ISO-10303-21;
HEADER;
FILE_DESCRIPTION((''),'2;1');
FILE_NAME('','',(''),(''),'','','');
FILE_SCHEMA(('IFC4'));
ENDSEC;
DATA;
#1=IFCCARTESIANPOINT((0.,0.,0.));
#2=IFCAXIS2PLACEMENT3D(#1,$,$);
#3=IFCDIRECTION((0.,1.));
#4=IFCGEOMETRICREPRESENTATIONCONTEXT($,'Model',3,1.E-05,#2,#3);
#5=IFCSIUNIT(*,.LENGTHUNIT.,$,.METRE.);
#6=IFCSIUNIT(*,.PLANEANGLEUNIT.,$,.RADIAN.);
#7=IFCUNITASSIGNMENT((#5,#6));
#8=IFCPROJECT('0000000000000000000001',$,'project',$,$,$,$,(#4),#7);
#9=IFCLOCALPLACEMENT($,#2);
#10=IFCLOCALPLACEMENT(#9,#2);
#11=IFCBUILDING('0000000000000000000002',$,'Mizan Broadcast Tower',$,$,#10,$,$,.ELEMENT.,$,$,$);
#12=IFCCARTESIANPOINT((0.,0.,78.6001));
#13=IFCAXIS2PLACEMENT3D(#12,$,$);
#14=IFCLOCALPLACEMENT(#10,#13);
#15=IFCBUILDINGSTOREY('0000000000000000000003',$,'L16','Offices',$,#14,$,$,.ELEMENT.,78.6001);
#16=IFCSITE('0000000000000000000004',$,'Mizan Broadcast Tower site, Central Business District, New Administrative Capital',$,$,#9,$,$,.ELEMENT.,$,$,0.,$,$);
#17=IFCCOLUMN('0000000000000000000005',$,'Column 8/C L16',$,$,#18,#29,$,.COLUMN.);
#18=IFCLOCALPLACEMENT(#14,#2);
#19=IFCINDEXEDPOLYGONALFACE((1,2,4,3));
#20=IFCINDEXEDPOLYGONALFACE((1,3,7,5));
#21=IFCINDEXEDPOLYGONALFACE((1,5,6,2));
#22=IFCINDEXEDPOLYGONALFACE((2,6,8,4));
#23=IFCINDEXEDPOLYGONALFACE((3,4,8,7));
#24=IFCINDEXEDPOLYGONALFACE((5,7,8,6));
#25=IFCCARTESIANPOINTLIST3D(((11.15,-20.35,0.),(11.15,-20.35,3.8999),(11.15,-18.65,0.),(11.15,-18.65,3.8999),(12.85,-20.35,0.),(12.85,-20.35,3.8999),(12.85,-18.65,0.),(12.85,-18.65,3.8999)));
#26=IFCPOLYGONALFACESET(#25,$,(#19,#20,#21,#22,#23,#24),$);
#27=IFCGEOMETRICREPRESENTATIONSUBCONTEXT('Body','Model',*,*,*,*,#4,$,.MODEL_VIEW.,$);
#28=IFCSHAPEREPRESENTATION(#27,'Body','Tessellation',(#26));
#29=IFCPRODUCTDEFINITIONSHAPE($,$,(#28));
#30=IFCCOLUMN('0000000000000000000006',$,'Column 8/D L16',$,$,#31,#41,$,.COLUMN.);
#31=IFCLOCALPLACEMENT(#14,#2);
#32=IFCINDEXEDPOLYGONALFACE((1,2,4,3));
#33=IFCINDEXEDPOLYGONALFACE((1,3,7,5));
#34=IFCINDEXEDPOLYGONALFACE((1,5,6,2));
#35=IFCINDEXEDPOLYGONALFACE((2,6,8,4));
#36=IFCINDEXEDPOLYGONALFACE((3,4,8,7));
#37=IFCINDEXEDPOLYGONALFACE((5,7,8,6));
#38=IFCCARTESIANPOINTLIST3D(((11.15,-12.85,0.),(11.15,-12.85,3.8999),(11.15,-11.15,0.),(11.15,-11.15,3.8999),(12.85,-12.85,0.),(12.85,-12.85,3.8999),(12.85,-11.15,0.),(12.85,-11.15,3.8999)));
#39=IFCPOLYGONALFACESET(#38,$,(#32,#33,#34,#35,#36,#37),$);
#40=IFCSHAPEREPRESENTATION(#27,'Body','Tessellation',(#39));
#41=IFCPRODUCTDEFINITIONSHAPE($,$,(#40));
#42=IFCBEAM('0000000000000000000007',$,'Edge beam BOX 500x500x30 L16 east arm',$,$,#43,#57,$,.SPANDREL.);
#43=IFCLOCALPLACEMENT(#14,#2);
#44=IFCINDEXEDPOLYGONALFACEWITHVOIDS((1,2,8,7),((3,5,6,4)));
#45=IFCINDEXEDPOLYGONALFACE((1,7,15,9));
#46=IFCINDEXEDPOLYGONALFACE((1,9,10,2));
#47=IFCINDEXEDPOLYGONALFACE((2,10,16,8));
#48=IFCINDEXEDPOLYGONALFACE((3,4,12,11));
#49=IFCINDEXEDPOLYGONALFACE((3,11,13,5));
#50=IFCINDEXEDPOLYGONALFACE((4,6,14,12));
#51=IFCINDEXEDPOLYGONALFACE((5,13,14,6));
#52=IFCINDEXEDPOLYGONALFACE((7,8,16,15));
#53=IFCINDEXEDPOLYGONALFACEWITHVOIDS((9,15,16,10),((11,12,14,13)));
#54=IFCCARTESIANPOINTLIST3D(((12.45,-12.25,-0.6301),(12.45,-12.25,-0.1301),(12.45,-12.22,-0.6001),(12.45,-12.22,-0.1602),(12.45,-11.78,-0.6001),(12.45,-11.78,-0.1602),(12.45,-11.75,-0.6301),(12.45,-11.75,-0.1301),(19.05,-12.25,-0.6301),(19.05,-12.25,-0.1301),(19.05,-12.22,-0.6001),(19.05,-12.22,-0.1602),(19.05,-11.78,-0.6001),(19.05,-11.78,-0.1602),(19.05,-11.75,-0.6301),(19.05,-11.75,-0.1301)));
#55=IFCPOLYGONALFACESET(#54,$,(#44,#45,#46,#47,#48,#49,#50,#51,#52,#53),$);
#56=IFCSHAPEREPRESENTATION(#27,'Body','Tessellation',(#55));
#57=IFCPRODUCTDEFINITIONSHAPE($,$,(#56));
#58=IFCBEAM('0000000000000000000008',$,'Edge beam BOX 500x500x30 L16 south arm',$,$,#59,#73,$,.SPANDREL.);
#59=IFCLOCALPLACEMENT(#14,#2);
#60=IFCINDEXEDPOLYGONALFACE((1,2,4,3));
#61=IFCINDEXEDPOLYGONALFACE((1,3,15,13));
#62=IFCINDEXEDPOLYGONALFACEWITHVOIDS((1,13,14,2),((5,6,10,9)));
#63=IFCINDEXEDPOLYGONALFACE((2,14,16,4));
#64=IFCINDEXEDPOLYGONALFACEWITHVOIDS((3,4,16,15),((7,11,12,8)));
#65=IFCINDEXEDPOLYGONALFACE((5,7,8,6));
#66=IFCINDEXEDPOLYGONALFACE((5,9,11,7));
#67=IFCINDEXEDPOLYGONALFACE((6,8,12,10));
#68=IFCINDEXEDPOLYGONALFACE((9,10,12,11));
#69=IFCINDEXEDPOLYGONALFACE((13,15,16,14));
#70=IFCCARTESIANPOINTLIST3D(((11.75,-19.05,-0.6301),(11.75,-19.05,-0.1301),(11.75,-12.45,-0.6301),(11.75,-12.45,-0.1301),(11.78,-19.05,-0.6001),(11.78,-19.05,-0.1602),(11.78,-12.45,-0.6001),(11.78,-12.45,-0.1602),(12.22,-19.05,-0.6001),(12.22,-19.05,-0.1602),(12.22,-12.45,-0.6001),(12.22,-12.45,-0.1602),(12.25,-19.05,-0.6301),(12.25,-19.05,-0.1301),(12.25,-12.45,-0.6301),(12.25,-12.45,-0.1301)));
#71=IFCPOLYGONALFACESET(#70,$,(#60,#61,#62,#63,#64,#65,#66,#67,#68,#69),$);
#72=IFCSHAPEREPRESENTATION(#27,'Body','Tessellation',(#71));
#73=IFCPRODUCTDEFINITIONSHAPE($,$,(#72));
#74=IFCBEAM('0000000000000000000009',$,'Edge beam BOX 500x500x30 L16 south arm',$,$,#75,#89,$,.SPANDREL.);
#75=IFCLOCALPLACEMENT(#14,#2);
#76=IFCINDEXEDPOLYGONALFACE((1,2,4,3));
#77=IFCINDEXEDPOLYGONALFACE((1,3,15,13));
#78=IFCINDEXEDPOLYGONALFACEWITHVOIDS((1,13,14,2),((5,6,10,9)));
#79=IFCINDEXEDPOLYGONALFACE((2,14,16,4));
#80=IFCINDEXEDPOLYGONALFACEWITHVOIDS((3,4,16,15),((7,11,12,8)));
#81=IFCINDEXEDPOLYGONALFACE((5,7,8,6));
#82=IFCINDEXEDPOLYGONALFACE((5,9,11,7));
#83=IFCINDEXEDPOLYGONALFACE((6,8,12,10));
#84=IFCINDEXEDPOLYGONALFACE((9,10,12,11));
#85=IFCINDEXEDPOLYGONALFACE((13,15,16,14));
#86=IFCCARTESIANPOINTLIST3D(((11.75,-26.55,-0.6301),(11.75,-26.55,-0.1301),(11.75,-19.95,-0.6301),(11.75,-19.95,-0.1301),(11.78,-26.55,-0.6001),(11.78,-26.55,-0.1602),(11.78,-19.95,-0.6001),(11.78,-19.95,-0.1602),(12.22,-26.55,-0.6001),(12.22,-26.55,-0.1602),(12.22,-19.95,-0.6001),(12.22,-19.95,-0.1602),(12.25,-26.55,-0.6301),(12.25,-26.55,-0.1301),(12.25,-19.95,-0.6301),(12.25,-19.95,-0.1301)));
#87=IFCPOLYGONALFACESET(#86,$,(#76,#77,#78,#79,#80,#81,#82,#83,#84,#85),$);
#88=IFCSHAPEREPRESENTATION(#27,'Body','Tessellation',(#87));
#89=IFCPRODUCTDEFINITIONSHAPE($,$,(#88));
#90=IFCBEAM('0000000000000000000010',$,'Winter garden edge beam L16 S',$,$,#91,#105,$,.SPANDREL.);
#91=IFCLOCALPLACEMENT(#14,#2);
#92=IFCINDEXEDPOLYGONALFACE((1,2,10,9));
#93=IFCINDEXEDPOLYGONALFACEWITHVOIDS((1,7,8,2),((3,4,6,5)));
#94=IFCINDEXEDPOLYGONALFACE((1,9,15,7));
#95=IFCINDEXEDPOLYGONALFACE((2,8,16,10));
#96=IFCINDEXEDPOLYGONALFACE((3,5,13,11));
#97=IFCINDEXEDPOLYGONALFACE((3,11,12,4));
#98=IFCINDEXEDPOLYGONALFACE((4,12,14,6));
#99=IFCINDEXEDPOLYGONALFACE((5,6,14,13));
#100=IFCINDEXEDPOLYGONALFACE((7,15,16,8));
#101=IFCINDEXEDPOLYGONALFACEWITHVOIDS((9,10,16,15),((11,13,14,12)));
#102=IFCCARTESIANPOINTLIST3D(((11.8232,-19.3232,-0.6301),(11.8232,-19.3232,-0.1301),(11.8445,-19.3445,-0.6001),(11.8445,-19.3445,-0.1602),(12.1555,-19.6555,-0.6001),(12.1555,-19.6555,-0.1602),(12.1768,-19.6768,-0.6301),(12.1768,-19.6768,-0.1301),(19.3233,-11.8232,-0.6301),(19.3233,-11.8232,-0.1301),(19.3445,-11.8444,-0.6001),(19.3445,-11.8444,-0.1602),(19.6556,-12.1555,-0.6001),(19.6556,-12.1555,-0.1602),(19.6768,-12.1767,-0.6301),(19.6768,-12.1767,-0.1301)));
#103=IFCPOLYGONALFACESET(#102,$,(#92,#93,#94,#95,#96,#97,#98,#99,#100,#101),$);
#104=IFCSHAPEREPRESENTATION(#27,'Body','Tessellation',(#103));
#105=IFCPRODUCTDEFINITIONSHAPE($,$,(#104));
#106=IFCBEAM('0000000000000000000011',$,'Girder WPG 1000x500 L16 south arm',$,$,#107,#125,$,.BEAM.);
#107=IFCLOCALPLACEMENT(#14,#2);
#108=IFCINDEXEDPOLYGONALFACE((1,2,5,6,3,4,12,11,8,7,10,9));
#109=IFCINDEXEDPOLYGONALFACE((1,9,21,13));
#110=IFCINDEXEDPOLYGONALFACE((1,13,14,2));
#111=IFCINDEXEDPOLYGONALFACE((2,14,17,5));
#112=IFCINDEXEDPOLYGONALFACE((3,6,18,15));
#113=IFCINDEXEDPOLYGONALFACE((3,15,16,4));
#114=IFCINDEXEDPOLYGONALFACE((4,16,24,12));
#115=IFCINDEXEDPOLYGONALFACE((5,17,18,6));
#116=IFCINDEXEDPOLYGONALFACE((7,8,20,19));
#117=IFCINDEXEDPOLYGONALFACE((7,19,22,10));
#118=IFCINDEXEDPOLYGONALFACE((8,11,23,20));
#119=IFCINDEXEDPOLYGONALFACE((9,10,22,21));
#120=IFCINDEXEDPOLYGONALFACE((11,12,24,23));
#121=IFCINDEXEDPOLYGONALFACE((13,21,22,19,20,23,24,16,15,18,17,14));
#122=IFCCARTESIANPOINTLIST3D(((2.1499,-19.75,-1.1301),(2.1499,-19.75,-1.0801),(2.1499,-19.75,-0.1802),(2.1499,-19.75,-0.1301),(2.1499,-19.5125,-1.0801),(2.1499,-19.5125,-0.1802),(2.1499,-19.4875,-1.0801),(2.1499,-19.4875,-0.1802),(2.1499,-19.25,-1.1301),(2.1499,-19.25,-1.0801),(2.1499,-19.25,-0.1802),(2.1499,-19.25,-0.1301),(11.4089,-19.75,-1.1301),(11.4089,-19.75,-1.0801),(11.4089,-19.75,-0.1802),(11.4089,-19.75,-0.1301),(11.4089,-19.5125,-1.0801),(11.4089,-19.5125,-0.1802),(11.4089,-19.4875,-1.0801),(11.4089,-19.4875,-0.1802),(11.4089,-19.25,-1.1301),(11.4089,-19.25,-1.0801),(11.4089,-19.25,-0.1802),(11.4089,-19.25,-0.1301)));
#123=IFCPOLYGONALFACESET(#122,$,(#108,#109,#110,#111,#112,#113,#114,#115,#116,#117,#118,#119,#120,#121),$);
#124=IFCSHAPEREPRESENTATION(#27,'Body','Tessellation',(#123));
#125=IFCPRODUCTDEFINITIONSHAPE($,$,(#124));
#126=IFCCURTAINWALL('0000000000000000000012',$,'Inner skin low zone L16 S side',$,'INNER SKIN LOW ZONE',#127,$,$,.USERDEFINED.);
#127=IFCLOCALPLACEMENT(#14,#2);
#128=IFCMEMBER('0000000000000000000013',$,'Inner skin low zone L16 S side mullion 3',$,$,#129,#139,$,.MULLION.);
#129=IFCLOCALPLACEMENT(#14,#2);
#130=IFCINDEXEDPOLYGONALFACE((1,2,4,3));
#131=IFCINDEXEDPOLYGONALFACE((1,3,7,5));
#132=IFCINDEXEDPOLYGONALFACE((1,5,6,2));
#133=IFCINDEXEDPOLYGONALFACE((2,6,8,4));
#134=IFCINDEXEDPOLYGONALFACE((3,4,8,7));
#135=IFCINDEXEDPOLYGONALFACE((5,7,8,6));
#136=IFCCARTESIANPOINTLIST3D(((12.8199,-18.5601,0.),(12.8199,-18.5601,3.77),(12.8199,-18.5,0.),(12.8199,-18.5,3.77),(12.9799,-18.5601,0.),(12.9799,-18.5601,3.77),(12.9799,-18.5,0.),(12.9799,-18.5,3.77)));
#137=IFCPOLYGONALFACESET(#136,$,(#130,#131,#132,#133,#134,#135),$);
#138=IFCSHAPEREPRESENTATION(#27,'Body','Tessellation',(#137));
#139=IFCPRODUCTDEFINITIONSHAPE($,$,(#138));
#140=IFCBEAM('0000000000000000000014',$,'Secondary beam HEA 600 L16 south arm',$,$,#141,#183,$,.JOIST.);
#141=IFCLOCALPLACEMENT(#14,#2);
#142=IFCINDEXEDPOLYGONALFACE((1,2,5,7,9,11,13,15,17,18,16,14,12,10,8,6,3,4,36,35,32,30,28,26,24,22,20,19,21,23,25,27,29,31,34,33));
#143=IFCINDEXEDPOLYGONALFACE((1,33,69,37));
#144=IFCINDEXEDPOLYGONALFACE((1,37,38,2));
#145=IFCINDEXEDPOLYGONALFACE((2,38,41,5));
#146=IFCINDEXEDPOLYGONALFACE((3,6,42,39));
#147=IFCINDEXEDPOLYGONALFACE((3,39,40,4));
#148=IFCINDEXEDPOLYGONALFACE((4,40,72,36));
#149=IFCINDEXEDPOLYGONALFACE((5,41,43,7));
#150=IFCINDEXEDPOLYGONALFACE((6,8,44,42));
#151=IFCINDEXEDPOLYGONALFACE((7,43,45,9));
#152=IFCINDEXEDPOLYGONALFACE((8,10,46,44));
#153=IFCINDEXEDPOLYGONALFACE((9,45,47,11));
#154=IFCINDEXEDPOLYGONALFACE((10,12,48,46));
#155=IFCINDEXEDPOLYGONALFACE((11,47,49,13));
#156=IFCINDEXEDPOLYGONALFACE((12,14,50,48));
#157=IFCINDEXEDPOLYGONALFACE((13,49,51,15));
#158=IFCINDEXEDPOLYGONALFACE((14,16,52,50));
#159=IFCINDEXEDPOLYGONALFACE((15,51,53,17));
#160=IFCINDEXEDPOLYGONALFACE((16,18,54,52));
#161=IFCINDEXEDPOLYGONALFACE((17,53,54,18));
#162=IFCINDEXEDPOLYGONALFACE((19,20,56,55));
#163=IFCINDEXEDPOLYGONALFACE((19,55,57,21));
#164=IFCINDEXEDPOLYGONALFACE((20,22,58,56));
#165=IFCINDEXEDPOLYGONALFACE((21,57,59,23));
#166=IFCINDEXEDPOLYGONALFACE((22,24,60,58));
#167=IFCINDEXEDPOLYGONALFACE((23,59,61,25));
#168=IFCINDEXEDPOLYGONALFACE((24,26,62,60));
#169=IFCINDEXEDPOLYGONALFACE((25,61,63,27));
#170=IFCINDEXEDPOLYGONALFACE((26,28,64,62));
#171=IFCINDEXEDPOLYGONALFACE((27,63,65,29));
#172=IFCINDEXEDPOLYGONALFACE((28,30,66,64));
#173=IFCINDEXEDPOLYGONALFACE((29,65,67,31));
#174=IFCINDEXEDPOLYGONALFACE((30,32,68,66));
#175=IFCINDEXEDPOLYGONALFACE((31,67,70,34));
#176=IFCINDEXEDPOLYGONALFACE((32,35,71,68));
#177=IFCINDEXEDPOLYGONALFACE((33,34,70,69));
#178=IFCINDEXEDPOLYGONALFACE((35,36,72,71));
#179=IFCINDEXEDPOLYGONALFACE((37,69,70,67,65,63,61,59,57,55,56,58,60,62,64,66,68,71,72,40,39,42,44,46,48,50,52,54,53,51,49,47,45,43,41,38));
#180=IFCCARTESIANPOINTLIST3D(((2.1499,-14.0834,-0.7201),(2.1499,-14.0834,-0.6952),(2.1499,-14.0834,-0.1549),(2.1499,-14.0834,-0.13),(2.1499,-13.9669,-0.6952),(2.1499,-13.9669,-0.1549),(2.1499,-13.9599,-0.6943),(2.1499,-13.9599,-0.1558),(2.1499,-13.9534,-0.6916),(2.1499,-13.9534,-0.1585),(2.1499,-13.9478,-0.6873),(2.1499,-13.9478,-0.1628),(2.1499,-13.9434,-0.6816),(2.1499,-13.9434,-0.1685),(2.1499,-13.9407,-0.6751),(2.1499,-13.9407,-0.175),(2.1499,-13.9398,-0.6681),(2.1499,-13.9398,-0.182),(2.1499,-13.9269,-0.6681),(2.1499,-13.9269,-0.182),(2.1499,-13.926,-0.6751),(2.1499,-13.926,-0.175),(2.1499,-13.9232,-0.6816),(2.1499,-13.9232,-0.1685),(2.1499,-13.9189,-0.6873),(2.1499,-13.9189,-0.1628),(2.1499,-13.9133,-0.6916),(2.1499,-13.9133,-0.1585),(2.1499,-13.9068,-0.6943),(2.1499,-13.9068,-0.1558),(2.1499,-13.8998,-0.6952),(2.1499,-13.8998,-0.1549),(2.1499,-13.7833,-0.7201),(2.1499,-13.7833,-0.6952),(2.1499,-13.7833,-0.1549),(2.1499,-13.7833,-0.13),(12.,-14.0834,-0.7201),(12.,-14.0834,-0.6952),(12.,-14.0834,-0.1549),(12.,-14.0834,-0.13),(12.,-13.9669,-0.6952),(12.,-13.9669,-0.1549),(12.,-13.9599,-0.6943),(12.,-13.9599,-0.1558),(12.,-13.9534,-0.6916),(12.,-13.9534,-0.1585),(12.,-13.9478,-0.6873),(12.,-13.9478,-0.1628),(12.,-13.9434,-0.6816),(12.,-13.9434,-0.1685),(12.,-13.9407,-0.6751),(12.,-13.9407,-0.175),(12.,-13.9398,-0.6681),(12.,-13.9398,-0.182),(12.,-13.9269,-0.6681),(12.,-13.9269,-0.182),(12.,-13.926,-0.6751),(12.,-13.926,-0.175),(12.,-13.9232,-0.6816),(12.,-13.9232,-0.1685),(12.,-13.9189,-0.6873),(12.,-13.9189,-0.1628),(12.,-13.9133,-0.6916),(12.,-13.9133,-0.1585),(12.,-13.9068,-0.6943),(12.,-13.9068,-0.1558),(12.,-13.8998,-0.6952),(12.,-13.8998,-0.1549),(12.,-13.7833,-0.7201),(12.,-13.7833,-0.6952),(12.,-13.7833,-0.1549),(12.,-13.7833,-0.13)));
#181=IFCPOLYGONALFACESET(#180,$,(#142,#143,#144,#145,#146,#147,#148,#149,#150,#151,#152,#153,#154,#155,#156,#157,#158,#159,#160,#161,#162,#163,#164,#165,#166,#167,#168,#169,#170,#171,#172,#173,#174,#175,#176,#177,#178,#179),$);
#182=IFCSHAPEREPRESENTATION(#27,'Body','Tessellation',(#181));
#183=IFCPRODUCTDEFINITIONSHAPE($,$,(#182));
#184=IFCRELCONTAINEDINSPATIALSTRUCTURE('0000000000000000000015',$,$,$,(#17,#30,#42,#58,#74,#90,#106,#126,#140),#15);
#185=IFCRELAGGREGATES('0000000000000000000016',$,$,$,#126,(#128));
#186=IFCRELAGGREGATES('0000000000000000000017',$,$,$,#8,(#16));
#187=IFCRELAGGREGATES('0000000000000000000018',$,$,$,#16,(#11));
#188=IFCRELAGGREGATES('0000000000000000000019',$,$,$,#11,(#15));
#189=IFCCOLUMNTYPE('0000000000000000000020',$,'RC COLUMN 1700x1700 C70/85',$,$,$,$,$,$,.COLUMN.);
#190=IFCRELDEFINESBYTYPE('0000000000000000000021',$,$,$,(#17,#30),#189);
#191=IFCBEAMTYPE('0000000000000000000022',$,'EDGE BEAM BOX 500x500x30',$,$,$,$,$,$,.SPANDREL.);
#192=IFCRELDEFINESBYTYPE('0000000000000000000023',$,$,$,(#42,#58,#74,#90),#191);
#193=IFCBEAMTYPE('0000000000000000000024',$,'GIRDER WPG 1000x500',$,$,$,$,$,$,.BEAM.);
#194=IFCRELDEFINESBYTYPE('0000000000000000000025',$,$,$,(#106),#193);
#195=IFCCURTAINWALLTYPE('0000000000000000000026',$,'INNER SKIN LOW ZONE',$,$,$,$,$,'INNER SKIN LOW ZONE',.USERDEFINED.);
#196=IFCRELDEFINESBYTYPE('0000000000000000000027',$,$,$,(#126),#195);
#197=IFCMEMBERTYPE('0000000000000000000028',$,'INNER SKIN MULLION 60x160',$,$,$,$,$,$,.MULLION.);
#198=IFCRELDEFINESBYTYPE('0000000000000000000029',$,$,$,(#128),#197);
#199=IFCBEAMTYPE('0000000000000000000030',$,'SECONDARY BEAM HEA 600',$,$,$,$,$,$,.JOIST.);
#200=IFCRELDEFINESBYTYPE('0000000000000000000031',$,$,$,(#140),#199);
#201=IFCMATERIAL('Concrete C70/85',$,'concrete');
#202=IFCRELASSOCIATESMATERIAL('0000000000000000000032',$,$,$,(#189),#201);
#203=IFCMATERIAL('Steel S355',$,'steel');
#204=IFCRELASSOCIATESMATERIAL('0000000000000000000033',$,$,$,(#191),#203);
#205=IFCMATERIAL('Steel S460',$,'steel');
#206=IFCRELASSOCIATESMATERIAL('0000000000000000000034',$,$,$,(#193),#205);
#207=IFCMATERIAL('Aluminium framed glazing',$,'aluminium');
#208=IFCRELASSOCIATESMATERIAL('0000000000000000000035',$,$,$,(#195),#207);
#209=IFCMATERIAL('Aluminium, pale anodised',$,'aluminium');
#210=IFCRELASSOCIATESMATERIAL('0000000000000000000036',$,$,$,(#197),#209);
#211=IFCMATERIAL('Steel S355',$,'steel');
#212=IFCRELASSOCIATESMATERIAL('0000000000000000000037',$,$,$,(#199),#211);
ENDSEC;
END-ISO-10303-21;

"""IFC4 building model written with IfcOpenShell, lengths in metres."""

from ifc_helpers import new_model, si_unit, direction, frame, origin, origin_2d, place, context, subcontext, project, spatial, rectangle, hollow_rectangle, i_section, extrude, material, material_profile, profile_set, type_object, element, aggregate, save


model = new_model("IFC4")

# Units and contexts
model_context = context("Model", 3, precision=1e-05, world=origin(), true_north=direction((0.0, 1.0)))
body_context = subcontext(model_context, "Body", "Model", "MODEL_VIEW")
ifc_project = project(units=[si_unit("LENGTHUNIT", "METRE"), si_unit("PLANEANGLEUNIT", "RADIAN")], contexts=[model_context])

# Site, building, storey
site_placement = place(None, origin())
site = spatial("IfcSite", under=ifc_project, at=site_placement, Name="Mizan Broadcast Tower site, Central Business District, New Administrative Capital", CompositionType="ELEMENT", RefElevation=0.0)
building_placement = place(site_placement, origin())
building = spatial("IfcBuilding", under=site, at=building_placement, Name="Mizan Broadcast Tower", CompositionType="ELEMENT")
storey_placement = place(building_placement, frame((0.0, 0.0, 78.6001)))
storey = spatial("IfcBuildingStorey", under=building, at=storey_placement, Name="L16", Description="Offices", CompositionType="ELEMENT", Elevation=78.6001)

# Columns
ifc_material_1 = material(Name="Concrete C70/85", Category="concrete")
ifc_material_profile_1 = material_profile(ifc_material_1, rectangle(XDim=1.7, YDim=1.7, at=origin_2d()), Name="RC 1700x1700")
ifc_profile_set_1 = profile_set([ifc_material_profile_1], Name="Concrete C70/85")
column_type = type_object("IfcColumnType", Name="RC COLUMN 1700x1700 C70/85", PredefinedType="COLUMN", material=ifc_profile_set_1)
for number, where, z_axis, x_axis, name in (
    (1, (12.0, -19.5, 0.0), (0.0, 0.0, 1.0), (1.0, 0.0, 0.0), "Column 8/C L16"),
    (2, (12.0, -12.0, 0.0), (0.0, 0.0, 1.0), (1.0, 0.0, 0.0), "Column 8/D L16"),
):
    element("IfcColumn", number, at=place(storey_placement, frame(where, z_axis=z_axis, x_axis=x_axis)), inside=storey, type_object=column_type, Name=name, PredefinedType="COLUMN", context=body_context, shape_type="SweptSolid", body=[
        extrude(rectangle(XDim=1.7, YDim=1.7, at=origin_2d()), origin(), (0.0, 0.0, 1.0), 3.8999),
    ])

# Beams
ifc_material_2 = material(Name="Steel S355", Category="steel")
ifc_material_profile_2 = material_profile(ifc_material_2, hollow_rectangle(XDim=0.5, YDim=0.5, WallThickness=0.03, at=origin_2d()), Name="BOX 500x500x30")
ifc_profile_set_2 = profile_set([ifc_material_profile_2], Name="Steel S355")
beam_type_1 = type_object("IfcBeamType", Name="EDGE BEAM BOX 500x500x30", PredefinedType="SPANDREL", material=ifc_profile_set_2)
for number, where, z_axis, x_axis, name in (
    (3, (12.45, -12.0, -0.3801), (1.0, 0.0, 0.0), (0.0, 1.0, 0.0), "Edge beam BOX 500x500x30 L16 east arm"),
    (4, (12.0, -12.45, -0.3801), (0.0, -1.0, 0.0), (1.0, 0.0, 0.0), "Edge beam BOX 500x500x30 L16 south arm"),
    (5, (12.0, -19.95, -0.3801), (0.0, -1.0, 0.0), (1.0, 0.0, 0.0), "Edge beam BOX 500x500x30 L16 south arm"),
):
    element("IfcBeam", number, at=place(storey_placement, frame(where, z_axis=z_axis, x_axis=x_axis)), inside=storey, type_object=beam_type_1, Name=name, PredefinedType="SPANDREL", context=body_context, shape_type="SweptSolid", body=[
        extrude(hollow_rectangle(XDim=0.5, YDim=0.5, WallThickness=0.03, at=origin_2d()), origin(), (0.0, 0.0, 1.0), 6.6001),
    ])
beam_1_placement = place(storey_placement, frame((12.0, -19.5, -0.3801), z_axis=(0.707107, 0.707107, 0.0), x_axis=(-0.707107, 0.707107, 0.0)))
element("IfcBeam", 6, at=beam_1_placement, inside=storey, type_object=beam_type_1, Name="Winter garden edge beam L16 S", PredefinedType="SPANDREL", context=body_context, shape_type="SweptSolid", body=[
    extrude(hollow_rectangle(XDim=0.5, YDim=0.5, WallThickness=0.03, at=origin_2d()), origin(), (0.0, 0.0, 1.0), 10.6067),
])
ifc_material_3 = material(Name="Steel S460", Category="steel")
ifc_material_profile_3 = material_profile(ifc_material_3, i_section(OverallWidth=0.5, OverallDepth=1.0, WebThickness=0.0249, FlangeThickness=0.05, at=origin_2d()), Name="WPG 1000x500")
ifc_profile_set_3 = profile_set([ifc_material_profile_3], Name="Steel S460")
beam_type_2 = type_object("IfcBeamType", Name="GIRDER WPG 1000x500", PredefinedType="BEAM", material=ifc_profile_set_3)
beam_2_placement = place(storey_placement, frame((11.4089, -19.5, -0.6301), z_axis=(-1.0, 0.0, 0.0), x_axis=(0.0, -1.0, 0.0)))
element("IfcBeam", 7, at=beam_2_placement, inside=storey, type_object=beam_type_2, Name="Girder WPG 1000x500 L16 south arm", PredefinedType="BEAM", context=body_context, shape_type="SweptSolid", body=[
    extrude(i_section(OverallWidth=0.5, OverallDepth=1.0, WebThickness=0.0249, FlangeThickness=0.05, at=origin_2d()), origin(), (0.0, 0.0, 1.0), 9.259),
])

# Curtain wall, member
ifc_material_4 = material(Name="Aluminium framed glazing", Category="aluminium")
curtain_wall_type = type_object("IfcCurtainWallType", Name="INNER SKIN LOW ZONE", ElementType="INNER SKIN LOW ZONE", PredefinedType="USERDEFINED", material=ifc_material_4)
curtain_wall_placement = place(storey_placement, origin())
curtain_wall = element("IfcCurtainWall", 8, at=curtain_wall_placement, inside=storey, type_object=curtain_wall_type, Name="Inner skin low zone L16 S side", ObjectType="INNER SKIN LOW ZONE", PredefinedType="USERDEFINED")
ifc_material_5 = material(Name="Aluminium, pale anodised", Category="aluminium")
ifc_material_profile_4 = material_profile(ifc_material_5, rectangle(XDim=0.1599, YDim=0.0601, at=origin_2d()), Name="MULLION 160x60")
ifc_profile_set_4 = profile_set([ifc_material_profile_4], Name="Aluminium, pale anodised")
member_type = type_object("IfcMemberType", Name="INNER SKIN MULLION 60x160", PredefinedType="MULLION", material=ifc_profile_set_4)
member_placement = place(storey_placement, frame((12.8999, -18.53, 0.0), z_axis=(0.0, 0.0, 1.0), x_axis=(-1.0, 0.0, 0.0)))
member = element("IfcMember", 9, at=member_placement, type_object=member_type, Name="Inner skin low zone L16 S side mullion 3", PredefinedType="MULLION", context=body_context, shape_type="SweptSolid", body=[
    extrude(rectangle(XDim=0.1599, YDim=0.0601, at=origin_2d()), origin(), (0.0, 0.0, 1.0), 3.77),
])

# Beam
ifc_material_6 = material(Name="Steel S355", Category="steel")
ifc_material_profile_5 = material_profile(ifc_material_6, i_section(OverallWidth=0.3, OverallDepth=0.5901, WebThickness=0.0129, FlangeThickness=0.0249, FilletRadius=0.0271, at=origin_2d()), Name="HEA 600")
ifc_profile_set_5 = profile_set([ifc_material_profile_5], Name="Steel S355")
beam_type_3 = type_object("IfcBeamType", Name="SECONDARY BEAM HEA 600", PredefinedType="JOIST", material=ifc_profile_set_5)
for number, where, z_axis, x_axis, name in (
    (10, (12.0, -13.9333, -0.425), (-1.0, 0.0, 0.0), (0.0, -1.0, 0.0), "Secondary beam HEA 600 L16 south arm"),
):
    element("IfcBeam", number, at=place(storey_placement, frame(where, z_axis=z_axis, x_axis=x_axis)), inside=storey, type_object=beam_type_3, Name=name, PredefinedType="JOIST", context=body_context, shape_type="SweptSolid", body=[
        extrude(i_section(OverallWidth=0.3, OverallDepth=0.5901, WebThickness=0.0129, FlangeThickness=0.0249, FilletRadius=0.0271, at=origin_2d()), origin(), (0.0, 0.0, 1.0), 9.8501),
    ])

aggregate(curtain_wall, [member])

save(model, "model.ifc")
